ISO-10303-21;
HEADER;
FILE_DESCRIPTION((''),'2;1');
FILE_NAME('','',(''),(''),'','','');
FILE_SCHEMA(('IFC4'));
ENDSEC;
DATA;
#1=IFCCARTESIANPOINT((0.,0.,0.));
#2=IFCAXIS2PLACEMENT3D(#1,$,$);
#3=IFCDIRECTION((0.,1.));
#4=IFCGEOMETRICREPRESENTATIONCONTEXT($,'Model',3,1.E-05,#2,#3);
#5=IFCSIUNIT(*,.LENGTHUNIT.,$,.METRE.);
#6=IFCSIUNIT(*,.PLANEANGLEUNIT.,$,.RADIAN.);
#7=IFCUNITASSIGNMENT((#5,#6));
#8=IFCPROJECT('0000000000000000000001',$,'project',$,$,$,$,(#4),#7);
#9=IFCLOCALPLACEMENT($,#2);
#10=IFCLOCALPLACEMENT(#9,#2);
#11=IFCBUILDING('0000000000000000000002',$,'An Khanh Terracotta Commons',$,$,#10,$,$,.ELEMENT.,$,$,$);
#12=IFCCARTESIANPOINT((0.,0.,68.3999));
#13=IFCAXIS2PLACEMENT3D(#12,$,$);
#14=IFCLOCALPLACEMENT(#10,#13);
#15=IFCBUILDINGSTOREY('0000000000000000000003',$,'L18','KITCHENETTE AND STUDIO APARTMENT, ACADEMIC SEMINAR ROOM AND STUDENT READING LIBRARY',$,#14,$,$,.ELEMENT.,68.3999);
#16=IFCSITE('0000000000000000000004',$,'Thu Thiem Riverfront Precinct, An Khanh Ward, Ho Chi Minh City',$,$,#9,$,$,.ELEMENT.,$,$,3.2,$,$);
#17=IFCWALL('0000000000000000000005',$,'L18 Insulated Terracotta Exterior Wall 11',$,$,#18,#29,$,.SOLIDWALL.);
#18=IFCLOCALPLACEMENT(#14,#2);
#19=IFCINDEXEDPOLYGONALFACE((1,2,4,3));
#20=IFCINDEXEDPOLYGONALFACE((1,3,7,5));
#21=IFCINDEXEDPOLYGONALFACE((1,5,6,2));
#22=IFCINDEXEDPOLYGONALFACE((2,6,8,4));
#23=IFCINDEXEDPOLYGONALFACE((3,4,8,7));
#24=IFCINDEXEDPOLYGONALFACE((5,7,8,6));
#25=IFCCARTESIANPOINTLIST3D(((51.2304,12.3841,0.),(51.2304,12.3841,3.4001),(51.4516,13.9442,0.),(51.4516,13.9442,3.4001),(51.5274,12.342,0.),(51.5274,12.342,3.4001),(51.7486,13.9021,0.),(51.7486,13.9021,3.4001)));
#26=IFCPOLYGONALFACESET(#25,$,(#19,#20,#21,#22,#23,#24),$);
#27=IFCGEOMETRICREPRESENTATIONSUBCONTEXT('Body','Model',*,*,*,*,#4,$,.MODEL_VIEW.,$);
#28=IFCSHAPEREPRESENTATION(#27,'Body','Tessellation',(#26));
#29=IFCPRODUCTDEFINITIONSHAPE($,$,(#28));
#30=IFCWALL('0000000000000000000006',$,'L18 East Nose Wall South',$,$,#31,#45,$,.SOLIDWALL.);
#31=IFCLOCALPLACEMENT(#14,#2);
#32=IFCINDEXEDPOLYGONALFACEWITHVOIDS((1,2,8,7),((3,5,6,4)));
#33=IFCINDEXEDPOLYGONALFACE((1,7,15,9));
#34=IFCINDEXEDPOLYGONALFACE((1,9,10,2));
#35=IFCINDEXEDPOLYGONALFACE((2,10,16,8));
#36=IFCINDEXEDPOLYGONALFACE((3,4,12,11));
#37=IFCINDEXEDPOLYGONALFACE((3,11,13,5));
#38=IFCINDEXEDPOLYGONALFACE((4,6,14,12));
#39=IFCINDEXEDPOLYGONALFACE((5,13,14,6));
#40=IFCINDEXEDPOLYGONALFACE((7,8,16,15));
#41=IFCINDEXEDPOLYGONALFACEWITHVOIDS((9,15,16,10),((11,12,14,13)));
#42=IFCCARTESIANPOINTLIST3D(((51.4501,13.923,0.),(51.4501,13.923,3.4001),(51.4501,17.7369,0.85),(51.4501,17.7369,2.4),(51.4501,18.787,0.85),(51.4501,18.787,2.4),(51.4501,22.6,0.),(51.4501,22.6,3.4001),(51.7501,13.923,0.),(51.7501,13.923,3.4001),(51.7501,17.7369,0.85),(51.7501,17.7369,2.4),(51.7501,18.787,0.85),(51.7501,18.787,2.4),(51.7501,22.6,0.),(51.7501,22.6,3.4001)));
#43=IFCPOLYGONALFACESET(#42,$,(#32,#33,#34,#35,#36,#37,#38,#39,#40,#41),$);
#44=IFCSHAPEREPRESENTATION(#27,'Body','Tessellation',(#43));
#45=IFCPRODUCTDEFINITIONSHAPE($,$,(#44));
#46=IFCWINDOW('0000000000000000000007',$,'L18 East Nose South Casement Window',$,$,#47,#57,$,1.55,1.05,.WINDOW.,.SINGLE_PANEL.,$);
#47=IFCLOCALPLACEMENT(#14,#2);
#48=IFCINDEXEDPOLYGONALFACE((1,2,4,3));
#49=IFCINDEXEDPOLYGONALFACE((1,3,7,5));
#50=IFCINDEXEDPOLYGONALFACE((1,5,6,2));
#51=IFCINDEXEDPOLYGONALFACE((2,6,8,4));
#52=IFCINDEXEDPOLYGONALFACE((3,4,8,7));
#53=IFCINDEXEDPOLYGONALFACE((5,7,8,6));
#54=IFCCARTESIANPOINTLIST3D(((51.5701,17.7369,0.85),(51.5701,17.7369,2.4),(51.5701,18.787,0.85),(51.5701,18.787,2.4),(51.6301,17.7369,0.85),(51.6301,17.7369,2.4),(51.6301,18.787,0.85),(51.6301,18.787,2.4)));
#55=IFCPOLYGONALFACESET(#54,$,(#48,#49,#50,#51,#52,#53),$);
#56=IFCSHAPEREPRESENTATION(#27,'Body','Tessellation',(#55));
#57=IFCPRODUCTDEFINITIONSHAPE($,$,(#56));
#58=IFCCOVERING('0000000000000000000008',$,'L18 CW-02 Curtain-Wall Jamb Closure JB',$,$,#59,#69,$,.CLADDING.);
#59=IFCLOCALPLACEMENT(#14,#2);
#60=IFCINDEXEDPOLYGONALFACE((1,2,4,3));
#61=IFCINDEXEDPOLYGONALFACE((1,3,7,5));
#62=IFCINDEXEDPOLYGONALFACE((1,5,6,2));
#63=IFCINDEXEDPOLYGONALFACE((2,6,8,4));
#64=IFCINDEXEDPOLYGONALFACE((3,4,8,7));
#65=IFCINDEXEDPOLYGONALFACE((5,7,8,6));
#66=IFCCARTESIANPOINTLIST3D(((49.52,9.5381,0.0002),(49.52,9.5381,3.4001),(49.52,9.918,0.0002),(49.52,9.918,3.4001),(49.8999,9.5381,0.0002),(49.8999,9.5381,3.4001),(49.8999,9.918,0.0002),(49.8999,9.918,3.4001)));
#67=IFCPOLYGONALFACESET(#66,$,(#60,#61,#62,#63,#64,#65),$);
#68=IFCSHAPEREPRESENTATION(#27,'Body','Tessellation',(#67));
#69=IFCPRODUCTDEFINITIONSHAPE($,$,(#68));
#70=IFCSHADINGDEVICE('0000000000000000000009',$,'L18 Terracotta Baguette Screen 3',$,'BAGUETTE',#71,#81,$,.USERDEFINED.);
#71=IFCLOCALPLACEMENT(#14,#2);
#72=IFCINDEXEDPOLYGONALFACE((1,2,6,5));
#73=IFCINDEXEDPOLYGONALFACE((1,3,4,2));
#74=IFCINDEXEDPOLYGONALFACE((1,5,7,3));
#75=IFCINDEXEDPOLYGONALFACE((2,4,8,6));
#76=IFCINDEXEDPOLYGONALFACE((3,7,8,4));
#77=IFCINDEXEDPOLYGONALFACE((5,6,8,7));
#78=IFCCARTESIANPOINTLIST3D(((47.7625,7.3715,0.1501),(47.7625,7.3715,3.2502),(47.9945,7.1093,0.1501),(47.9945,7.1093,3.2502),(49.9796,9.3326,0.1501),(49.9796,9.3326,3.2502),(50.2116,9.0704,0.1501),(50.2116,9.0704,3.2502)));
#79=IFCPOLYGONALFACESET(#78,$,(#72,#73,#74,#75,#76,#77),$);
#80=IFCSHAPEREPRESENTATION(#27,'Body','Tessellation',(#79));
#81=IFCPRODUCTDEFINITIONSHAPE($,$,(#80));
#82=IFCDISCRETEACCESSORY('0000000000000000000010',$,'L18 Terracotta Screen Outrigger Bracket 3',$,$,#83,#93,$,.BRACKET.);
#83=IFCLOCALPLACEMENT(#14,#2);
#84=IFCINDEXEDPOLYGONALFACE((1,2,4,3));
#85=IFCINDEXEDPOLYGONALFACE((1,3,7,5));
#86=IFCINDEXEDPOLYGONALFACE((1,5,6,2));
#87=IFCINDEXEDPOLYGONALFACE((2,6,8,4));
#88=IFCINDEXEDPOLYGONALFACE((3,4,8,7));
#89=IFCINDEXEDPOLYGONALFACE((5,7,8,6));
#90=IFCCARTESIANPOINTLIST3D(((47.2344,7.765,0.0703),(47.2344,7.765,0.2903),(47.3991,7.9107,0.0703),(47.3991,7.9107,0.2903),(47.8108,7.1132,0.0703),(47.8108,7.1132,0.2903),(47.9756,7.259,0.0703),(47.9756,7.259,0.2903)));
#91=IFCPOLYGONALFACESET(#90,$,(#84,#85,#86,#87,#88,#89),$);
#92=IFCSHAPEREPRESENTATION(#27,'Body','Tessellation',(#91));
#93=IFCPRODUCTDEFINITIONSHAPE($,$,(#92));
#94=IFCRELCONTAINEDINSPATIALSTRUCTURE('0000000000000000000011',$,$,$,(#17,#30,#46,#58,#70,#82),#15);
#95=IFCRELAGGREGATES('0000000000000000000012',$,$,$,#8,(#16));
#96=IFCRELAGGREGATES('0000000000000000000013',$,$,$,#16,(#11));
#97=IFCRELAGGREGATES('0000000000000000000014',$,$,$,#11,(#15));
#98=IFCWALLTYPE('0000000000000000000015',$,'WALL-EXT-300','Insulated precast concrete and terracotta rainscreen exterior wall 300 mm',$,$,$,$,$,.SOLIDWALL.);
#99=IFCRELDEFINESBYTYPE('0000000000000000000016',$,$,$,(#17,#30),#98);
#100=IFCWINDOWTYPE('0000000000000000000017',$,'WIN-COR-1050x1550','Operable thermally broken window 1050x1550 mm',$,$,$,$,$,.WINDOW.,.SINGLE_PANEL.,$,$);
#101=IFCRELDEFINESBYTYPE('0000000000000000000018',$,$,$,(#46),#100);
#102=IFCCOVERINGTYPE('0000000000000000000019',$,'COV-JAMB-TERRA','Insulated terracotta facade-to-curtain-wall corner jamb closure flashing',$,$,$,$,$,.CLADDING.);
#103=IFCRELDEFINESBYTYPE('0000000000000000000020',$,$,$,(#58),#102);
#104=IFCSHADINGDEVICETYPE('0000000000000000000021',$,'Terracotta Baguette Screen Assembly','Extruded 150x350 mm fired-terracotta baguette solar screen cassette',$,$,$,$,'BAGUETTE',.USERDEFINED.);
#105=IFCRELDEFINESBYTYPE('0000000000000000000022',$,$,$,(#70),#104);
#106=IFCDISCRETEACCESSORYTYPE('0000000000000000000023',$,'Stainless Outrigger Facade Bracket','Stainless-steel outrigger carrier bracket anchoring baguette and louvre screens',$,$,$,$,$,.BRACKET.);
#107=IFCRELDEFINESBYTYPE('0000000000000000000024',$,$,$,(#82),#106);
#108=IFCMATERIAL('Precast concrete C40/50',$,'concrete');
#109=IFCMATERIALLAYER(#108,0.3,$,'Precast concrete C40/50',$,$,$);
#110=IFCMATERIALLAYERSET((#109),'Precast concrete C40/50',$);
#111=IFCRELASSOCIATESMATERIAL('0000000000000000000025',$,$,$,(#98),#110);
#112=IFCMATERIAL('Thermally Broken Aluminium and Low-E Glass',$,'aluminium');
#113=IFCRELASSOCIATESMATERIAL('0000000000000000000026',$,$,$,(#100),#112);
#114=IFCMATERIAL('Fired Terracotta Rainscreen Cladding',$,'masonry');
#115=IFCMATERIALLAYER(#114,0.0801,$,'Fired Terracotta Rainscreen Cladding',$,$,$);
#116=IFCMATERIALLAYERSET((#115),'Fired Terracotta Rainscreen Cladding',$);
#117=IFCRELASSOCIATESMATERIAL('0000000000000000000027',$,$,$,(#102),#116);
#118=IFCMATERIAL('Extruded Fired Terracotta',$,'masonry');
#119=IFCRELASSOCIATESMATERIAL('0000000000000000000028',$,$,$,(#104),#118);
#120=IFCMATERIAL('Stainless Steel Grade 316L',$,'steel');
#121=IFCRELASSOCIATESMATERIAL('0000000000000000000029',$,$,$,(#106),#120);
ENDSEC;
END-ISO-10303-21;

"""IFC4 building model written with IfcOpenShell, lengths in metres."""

from ifc_helpers import new_model, si_unit, direction, frame, frame_2d, origin, origin_2d, place, context, subcontext, project, spatial, rectangle, extrude, material, layer, layer_set, type_object, element, fill, save


model = new_model("IFC4")

# Units and contexts
model_context = context("Model", 3, precision=1e-05, world=origin(), true_north=direction((0.0, 1.0)))
body_context = subcontext(model_context, "Body", "Model", "MODEL_VIEW")
ifc_project = project(units=[si_unit("LENGTHUNIT", "METRE"), si_unit("PLANEANGLEUNIT", "RADIAN")], contexts=[model_context])

# Site, building, storey
site_placement = place(None, origin())
site = spatial("IfcSite", under=ifc_project, at=site_placement, Name="Thu Thiem Riverfront Precinct, An Khanh Ward, Ho Chi Minh City", CompositionType="ELEMENT", RefElevation=3.2)
building_placement = place(site_placement, origin())
building = spatial("IfcBuilding", under=site, at=building_placement, Name="An Khanh Terracotta Commons", CompositionType="ELEMENT")
storey_placement = place(building_placement, frame((0.0, 0.0, 68.3999)))
storey = spatial("IfcBuildingStorey", under=building, at=storey_placement, Name="L18", Description="KITCHENETTE AND STUDIO APARTMENT, ACADEMIC SEMINAR ROOM AND STUDENT READING LIBRARY", CompositionType="ELEMENT", Elevation=68.3999)

# Wall
ifc_material_1 = material(Name="Precast concrete C40/50", Category="concrete")
ifc_layer_1 = layer(ifc_material_1, 0.3, Name="Precast concrete C40/50")
ifc_layer_set_1 = layer_set([ifc_layer_1], Name="Precast concrete C40/50")
wall_type_1 = type_object("IfcWallType", Name="WALL-EXT-300", Description="Insulated precast concrete and terracotta rainscreen exterior wall 300 mm", PredefinedType="SOLIDWALL", material=ifc_layer_set_1)
wall_1_placement = place(storey_placement, frame((51.3789, 12.363, 0.0), z_axis=(0.0, 0.0, 1.0), x_axis=(0.14038, 0.990098, 0.0)))
element("IfcWall", 1, at=wall_1_placement, inside=storey, type_object=wall_type_1, Name="L18 Insulated Terracotta Exterior Wall 11", PredefinedType="SOLIDWALL", context=body_context, shape_type="SweptSolid", body=[
    extrude(rectangle(XDim=1.5757, YDim=0.3, at=frame_2d((0.7878, 0.0))), origin(), (0.0, 0.0, 1.0), 3.4001),
])

# Wall, opening, window
wall_2_placement = place(storey_placement, frame((51.6001, 13.9231, 0.0), z_axis=(0.0, 0.0, 1.0), x_axis=(0.0, 1.0, 0.0)))
wall_2 = element("IfcWall", 2, at=wall_2_placement, inside=storey, type_object=wall_type_1, Name="L18 East Nose Wall South", PredefinedType="SOLIDWALL", context=body_context, shape_type="SweptSolid", body=[
    extrude(rectangle(XDim=8.677, YDim=0.3, at=frame_2d((4.3384, 0.0))), origin(), (0.0, 0.0, 1.0), 3.4001),
])
opening_1_placement = place(wall_2_placement, frame((3.814, 0.0, 0.8501)))
opening_1 = element("IfcOpeningElement", 3, at=opening_1_placement, cuts=wall_2, PredefinedType="OPENING", context=body_context, shape_type="SweptSolid", body=[
    extrude(rectangle(XDim=1.05, YDim=1.55, at=frame_2d((0.5249, 0.7749))), frame((0.0, 0.1599, 0.0), z_axis=(0.0, -1.0, 0.0), x_axis=(1.0, 0.0, 0.0)), (0.0, 0.0, 1.0), 0.3201),
])
ifc_material_2 = material(Name="Thermally Broken Aluminium and Low-E Glass", Category="aluminium")
window_type = type_object("IfcWindowType", Name="WIN-COR-1050x1550", Description="Operable thermally broken window 1050x1550 mm", PartitioningType="SINGLE_PANEL", PredefinedType="WINDOW", material=ifc_material_2)
window_placement = place(opening_1_placement, origin())
window = element("IfcWindow", 4, at=window_placement, inside=storey, type_object=window_type, Name="L18 East Nose South Casement Window", OverallHeight=1.55, OverallWidth=1.05, PartitioningType="SINGLE_PANEL", PredefinedType="WINDOW", context=body_context, shape_type="SweptSolid", body=[
    extrude(rectangle(XDim=1.05, YDim=1.55, at=frame_2d((0.5249, 0.7749))), frame((0.0, 0.03, 0.0), z_axis=(0.0, -1.0, 0.0), x_axis=(1.0, 0.0, 0.0)), (0.0, 0.0, 1.0), 0.0601),
])
fill(opening_1, window)

# Covering
ifc_material_3 = material(Name="Fired Terracotta Rainscreen Cladding", Category="masonry")
ifc_layer_2 = layer(ifc_material_3, 0.0801, Name="Fired Terracotta Rainscreen Cladding")
ifc_layer_set_2 = layer_set([ifc_layer_2], Name="Fired Terracotta Rainscreen Cladding")
covering_type = type_object("IfcCoveringType", Name="COV-JAMB-TERRA", Description="Insulated terracotta facade-to-curtain-wall corner jamb closure flashing", PredefinedType="CLADDING", material=ifc_layer_set_2)
covering_placement = place(storey_placement, frame((49.71, 9.728, 0.0002), z_axis=(0.0, 0.0, 1.0), x_axis=(1.0, 0.0, 0.0)))
element("IfcCovering", 5, at=covering_placement, inside=storey, type_object=covering_type, Name="L18 CW-02 Curtain-Wall Jamb Closure JB", PredefinedType="CLADDING", context=body_context, shape_type="SweptSolid", body=[
    extrude(rectangle(XDim=0.3799, YDim=0.3799, at=origin_2d()), origin(), (0.0, 0.0, 1.0), 3.3999),
])

# Shading device
ifc_material_4 = material(Name="Extruded Fired Terracotta", Category="masonry")
shading_device_type = type_object("IfcShadingDeviceType", Name="Terracotta Baguette Screen Assembly", Description="Extruded 150x350 mm fired-terracotta baguette solar screen cassette", ElementType="BAGUETTE", PredefinedType="USERDEFINED", material=ifc_material_4)
shading_device_placement = place(storey_placement, frame((48.9871, 8.2209, 0.1501), z_axis=(0.0, 0.0, 1.0), x_axis=(0.749019, 0.662548, 0.0)))
element("IfcShadingDevice", 6, at=shading_device_placement, inside=storey, type_object=shading_device_type, Name="L18 Terracotta Baguette Screen 3", ObjectType="BAGUETTE", PredefinedType="USERDEFINED", context=body_context, shape_type="SweptSolid", body=[
    extrude(rectangle(XDim=2.96, YDim=0.3501, at=origin_2d()), origin(), (0.0, 0.0, 1.0), 3.1001),
])

# Discrete accessory
ifc_material_5 = material(Name="Stainless Steel Grade 316L", Category="steel")
discrete_accessory_type = type_object("IfcDiscreteAccessoryType", Name="Stainless Outrigger Facade Bracket", Description="Stainless-steel outrigger carrier bracket anchoring baguette and louvre screens", PredefinedType="BRACKET", material=ifc_material_5)
discrete_accessory_placement = place(storey_placement, frame((47.605, 7.512, 0.0703), z_axis=(0.0, 0.0, 1.0), x_axis=(0.749019, 0.662548, 0.0)))
element("IfcDiscreteAccessory", 7, at=discrete_accessory_placement, inside=storey, type_object=discrete_accessory_type, Name="L18 Terracotta Screen Outrigger Bracket 3", PredefinedType="BRACKET", context=body_context, shape_type="SweptSolid", body=[
    extrude(rectangle(XDim=0.22, YDim=0.8701, at=origin_2d()), origin(), (0.0, 0.0, 1.0), 0.22),
])

save(model, "model.ifc")
